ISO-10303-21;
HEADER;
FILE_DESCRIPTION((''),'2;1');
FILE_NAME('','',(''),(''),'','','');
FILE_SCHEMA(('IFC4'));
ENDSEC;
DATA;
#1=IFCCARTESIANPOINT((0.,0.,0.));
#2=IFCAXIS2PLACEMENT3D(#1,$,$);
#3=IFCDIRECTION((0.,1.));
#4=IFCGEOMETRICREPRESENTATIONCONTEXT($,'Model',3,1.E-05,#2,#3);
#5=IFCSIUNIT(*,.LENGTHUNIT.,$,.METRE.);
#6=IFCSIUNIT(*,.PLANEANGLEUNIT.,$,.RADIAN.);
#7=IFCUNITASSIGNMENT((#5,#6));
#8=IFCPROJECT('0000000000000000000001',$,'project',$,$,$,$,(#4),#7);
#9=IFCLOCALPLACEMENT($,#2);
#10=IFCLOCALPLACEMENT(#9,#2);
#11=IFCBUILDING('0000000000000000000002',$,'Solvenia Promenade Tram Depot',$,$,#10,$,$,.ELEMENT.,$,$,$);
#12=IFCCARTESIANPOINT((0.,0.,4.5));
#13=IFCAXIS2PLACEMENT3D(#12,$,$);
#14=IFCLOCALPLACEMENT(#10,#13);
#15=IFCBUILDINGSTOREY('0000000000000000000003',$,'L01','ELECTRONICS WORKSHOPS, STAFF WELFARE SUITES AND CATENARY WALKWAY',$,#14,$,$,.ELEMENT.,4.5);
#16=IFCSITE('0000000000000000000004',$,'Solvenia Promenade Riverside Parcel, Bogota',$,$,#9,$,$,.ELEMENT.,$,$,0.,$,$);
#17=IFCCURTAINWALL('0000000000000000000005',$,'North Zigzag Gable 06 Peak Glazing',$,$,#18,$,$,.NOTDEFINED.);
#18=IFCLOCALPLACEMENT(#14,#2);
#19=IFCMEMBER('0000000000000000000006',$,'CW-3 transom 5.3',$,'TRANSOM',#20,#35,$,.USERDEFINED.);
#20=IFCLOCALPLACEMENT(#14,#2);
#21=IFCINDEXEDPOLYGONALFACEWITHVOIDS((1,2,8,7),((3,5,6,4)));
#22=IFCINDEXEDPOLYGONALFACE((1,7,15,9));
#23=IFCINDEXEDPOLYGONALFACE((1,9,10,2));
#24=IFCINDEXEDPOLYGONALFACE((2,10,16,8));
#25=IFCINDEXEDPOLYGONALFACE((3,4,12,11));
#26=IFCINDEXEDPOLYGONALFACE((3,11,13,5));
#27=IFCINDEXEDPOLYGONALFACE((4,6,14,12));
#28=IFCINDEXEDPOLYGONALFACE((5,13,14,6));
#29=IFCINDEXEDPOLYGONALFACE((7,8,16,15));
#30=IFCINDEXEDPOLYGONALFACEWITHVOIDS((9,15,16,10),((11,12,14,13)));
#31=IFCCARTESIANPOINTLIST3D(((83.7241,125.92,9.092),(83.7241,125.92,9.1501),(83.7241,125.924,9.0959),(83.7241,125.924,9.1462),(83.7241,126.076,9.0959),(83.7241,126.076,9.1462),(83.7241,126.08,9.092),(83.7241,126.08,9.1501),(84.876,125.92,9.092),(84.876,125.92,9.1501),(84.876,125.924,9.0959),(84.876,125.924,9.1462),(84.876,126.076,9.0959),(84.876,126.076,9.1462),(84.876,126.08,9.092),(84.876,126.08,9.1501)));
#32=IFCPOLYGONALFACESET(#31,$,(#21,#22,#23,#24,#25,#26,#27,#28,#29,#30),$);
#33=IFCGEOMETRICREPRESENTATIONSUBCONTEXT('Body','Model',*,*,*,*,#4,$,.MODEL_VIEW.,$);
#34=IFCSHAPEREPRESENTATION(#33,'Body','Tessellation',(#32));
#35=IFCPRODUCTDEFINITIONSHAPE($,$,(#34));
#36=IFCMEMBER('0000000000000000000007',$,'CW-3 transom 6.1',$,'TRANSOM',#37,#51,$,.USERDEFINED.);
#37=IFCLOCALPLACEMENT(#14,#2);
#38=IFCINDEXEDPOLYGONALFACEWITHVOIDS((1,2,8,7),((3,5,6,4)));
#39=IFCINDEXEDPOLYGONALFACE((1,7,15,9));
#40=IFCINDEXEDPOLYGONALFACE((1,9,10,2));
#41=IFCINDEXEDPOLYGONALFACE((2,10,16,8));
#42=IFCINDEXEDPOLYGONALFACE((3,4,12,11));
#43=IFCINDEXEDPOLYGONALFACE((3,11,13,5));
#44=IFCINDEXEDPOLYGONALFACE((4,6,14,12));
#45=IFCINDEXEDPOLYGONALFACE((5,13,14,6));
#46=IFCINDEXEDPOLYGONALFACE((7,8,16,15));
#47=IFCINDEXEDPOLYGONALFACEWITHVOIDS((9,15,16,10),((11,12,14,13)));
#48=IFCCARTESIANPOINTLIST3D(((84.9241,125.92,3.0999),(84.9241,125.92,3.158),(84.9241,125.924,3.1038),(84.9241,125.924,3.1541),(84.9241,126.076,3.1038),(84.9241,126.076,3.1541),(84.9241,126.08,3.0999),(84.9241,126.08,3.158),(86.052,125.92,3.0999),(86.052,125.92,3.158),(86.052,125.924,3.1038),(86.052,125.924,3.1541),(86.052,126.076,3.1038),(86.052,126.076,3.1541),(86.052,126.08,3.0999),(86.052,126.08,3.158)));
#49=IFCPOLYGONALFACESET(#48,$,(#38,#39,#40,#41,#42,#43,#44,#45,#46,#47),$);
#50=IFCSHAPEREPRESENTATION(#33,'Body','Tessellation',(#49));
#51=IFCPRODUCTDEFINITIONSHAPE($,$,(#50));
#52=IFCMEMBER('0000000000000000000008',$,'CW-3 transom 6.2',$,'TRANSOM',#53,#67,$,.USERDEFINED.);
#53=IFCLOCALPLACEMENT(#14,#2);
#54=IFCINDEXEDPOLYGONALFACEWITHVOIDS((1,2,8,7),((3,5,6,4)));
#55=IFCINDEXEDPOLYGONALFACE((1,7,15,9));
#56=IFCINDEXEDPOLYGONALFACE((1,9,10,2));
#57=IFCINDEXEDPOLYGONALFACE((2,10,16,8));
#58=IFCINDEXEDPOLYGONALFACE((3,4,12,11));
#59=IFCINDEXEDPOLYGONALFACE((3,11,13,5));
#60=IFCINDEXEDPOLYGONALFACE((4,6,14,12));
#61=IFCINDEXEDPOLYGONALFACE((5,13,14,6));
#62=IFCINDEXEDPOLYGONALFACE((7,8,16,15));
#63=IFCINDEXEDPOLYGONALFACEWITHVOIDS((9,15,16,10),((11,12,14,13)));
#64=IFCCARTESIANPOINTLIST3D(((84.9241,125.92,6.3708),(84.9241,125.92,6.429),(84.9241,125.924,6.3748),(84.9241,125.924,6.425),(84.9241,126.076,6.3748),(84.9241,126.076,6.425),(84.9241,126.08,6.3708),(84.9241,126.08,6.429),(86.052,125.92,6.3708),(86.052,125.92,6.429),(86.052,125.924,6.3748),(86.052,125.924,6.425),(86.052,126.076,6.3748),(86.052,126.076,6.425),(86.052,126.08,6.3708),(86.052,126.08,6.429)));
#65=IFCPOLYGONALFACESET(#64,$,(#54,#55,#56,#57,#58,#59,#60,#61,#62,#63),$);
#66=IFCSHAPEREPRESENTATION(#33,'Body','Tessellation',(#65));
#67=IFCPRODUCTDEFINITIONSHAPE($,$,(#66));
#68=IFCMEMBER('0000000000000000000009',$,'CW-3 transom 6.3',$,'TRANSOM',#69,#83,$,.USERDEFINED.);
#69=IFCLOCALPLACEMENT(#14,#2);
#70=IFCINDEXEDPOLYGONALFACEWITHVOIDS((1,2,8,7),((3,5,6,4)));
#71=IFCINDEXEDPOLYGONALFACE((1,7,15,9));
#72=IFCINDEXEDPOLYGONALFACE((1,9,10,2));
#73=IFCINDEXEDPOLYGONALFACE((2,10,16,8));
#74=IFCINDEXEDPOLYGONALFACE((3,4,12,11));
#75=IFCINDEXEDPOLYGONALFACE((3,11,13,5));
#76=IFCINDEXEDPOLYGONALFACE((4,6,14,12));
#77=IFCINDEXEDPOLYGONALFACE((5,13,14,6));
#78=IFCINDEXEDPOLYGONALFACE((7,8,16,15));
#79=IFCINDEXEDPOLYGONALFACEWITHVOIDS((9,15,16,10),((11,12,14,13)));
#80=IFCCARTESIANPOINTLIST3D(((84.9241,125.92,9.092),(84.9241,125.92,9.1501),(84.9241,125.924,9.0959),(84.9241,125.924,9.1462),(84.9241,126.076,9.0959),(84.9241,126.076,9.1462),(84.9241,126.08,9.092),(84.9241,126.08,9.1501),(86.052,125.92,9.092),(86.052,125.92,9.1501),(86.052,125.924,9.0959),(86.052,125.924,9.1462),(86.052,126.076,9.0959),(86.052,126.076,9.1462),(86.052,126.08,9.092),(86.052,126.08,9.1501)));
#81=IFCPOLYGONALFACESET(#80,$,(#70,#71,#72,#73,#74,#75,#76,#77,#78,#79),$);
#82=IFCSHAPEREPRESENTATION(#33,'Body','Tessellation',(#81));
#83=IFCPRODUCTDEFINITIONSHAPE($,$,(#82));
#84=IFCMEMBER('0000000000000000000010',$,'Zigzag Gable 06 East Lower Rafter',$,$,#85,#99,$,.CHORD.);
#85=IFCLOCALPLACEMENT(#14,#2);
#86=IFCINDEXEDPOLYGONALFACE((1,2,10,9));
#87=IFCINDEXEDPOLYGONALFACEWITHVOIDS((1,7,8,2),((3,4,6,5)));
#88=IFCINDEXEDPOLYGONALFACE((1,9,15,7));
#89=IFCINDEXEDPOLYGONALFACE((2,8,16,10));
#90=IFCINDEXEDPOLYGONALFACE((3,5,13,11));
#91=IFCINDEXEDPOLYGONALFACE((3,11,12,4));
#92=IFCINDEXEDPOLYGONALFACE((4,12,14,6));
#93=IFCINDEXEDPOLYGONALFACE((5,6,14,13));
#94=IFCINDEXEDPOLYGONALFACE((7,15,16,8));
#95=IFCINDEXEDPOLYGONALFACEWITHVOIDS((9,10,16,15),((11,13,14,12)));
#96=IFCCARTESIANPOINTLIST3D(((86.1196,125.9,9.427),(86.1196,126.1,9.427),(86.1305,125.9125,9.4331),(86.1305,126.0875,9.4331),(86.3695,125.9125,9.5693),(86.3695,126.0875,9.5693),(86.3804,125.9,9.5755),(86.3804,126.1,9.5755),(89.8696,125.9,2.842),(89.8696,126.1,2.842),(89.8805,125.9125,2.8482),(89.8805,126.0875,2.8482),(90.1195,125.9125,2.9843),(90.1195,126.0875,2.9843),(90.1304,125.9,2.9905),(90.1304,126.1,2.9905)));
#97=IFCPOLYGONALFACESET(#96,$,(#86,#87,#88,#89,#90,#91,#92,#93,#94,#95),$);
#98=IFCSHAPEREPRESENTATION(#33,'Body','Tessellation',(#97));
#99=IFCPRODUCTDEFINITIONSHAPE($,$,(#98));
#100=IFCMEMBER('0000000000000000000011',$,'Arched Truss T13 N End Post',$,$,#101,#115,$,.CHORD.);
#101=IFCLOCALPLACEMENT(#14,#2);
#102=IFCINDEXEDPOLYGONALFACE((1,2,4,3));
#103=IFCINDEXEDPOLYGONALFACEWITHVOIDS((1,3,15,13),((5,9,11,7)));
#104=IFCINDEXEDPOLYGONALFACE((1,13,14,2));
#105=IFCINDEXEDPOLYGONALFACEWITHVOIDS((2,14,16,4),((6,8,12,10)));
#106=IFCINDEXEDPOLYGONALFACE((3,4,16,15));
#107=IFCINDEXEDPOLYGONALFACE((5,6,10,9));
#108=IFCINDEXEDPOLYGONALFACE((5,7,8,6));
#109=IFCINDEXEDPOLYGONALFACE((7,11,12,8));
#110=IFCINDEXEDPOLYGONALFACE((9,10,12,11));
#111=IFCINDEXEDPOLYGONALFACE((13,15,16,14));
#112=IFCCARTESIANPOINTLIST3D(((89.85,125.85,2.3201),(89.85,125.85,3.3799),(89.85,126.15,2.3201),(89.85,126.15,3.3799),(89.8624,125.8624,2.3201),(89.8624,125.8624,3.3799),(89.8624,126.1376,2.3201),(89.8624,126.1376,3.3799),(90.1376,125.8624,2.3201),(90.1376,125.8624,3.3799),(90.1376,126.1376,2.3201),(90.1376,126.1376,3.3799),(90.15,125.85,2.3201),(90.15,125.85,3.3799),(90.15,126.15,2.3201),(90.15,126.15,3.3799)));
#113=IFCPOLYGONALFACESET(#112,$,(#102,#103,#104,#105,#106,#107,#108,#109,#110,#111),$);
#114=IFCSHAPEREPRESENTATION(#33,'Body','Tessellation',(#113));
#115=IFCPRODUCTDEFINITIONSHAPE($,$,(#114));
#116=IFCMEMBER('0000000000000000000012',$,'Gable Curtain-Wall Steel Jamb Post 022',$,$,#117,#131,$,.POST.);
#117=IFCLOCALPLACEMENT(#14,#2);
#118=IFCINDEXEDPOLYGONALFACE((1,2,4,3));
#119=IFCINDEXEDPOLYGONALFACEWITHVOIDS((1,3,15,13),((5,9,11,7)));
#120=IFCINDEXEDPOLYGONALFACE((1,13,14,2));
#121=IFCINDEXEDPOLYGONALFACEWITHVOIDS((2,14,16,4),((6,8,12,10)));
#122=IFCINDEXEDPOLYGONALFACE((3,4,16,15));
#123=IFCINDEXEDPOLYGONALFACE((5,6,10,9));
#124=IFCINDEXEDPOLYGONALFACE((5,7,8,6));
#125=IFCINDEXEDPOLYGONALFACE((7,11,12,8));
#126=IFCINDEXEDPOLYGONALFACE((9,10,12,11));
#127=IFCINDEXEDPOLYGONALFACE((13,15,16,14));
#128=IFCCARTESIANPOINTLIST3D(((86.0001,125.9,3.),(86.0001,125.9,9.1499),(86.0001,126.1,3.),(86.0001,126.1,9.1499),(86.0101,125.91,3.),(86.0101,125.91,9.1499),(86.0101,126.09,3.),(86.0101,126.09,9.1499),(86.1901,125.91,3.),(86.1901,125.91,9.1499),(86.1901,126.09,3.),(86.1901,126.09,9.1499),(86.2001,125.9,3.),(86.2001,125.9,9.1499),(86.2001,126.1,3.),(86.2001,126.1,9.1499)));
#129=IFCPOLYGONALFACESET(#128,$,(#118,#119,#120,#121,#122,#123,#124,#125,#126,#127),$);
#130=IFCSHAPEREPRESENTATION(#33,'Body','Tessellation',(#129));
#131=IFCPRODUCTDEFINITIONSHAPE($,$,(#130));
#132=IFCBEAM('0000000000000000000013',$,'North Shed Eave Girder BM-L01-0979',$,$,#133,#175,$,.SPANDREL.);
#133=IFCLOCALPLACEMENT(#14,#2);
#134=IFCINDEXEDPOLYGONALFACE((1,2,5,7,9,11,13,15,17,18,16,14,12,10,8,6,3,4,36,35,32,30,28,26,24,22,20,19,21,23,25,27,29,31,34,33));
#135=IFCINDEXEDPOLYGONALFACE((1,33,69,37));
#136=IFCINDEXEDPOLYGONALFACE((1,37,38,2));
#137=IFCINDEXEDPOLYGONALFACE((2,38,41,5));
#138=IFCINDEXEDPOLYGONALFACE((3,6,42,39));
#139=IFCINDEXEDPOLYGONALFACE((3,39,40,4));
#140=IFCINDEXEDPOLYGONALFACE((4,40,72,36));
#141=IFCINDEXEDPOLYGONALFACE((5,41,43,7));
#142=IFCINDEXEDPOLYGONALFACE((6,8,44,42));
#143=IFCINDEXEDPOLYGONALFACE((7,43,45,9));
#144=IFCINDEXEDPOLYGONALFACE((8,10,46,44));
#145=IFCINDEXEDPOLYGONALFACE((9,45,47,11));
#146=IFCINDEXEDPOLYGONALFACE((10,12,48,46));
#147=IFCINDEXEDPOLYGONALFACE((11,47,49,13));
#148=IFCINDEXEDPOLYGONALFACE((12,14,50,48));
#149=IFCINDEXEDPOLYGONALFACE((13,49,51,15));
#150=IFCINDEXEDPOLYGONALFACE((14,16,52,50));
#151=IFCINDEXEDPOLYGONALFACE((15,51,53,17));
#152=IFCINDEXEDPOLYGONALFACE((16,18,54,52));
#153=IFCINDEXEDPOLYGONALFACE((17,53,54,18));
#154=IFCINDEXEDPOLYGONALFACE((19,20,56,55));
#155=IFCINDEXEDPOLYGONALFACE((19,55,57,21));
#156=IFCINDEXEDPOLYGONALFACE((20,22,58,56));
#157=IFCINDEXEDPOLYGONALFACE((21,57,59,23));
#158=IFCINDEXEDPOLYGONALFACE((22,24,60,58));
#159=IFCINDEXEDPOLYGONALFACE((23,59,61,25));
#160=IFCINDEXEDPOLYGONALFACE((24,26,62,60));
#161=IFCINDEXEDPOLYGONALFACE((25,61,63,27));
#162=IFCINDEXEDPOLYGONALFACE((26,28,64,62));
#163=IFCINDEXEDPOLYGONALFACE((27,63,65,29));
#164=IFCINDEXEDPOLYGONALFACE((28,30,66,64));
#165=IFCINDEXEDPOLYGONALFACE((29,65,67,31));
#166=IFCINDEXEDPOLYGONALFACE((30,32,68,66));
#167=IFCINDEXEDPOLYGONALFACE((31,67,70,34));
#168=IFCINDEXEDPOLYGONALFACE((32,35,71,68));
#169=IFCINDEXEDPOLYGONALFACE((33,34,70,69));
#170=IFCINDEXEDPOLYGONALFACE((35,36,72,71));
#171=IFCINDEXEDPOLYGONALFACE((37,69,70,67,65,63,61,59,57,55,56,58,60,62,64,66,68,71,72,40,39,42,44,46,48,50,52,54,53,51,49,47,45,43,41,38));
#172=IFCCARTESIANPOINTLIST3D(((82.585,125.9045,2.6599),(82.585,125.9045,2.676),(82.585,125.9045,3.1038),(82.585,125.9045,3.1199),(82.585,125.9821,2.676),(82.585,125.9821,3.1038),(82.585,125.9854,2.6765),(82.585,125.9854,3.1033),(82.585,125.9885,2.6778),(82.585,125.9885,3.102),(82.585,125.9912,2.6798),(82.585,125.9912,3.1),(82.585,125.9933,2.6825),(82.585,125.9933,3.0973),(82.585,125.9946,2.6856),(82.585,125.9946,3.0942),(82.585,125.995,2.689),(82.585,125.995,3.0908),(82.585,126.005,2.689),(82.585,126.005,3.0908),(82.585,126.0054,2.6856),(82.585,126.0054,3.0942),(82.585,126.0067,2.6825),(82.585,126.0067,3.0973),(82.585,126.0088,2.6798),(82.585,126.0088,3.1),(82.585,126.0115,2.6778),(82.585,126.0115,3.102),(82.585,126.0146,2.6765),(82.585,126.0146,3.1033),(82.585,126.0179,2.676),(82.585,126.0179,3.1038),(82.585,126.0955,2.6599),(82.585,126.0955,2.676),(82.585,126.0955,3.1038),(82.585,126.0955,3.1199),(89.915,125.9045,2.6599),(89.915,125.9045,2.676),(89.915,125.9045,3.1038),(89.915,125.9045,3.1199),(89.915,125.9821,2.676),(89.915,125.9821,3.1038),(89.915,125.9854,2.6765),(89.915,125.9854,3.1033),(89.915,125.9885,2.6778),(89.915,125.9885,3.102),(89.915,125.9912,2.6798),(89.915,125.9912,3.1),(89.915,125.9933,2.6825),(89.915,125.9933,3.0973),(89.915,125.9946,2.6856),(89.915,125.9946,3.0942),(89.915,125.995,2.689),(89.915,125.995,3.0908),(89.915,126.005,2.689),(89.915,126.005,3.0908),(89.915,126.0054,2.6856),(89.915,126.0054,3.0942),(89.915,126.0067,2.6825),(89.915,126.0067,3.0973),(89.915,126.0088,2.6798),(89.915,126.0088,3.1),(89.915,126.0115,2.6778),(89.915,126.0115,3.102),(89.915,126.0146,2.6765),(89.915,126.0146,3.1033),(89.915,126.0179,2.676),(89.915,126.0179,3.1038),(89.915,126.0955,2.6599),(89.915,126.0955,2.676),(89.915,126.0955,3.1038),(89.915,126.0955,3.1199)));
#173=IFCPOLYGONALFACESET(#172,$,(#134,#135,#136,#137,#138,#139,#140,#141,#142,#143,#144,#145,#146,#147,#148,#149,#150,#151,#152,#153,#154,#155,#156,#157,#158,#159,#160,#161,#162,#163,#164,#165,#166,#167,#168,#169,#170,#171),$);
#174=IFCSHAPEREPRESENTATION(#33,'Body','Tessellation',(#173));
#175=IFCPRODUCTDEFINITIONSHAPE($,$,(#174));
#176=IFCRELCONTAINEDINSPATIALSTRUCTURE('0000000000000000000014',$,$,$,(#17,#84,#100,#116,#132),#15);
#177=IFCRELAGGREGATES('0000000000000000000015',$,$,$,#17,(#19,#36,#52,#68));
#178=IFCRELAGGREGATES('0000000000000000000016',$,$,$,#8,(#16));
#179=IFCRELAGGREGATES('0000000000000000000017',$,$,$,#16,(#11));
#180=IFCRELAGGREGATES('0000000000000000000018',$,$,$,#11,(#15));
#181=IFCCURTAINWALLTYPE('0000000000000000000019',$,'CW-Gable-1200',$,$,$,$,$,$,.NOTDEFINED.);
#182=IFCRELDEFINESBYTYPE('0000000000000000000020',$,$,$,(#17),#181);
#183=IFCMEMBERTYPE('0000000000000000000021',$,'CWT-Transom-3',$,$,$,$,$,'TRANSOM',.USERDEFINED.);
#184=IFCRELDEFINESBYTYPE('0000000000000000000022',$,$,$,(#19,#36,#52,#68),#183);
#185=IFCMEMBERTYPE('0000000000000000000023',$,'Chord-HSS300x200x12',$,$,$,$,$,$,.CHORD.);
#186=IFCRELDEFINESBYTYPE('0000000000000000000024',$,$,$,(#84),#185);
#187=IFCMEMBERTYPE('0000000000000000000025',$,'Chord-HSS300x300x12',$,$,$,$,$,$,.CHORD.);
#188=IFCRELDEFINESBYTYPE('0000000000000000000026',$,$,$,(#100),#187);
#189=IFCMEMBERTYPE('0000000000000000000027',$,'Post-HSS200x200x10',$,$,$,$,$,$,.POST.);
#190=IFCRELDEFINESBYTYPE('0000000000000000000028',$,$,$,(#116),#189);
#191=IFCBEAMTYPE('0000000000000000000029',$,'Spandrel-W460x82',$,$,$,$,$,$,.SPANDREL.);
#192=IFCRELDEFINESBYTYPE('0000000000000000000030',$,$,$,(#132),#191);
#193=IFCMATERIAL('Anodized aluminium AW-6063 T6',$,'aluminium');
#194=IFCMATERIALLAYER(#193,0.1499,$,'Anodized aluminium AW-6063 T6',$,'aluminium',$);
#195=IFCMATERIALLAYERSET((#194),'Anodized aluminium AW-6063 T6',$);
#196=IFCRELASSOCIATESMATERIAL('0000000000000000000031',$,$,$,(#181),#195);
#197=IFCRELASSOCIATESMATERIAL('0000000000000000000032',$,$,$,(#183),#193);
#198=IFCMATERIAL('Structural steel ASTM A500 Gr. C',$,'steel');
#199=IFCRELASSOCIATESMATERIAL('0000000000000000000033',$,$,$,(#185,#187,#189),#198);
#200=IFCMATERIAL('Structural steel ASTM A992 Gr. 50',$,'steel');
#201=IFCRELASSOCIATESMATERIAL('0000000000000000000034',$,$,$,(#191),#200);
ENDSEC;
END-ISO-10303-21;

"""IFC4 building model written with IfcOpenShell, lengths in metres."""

from ifc_helpers import new_model, si_unit, direction, frame, origin, origin_2d, place, context, subcontext, project, spatial, hollow_rectangle, i_section, extrude, material, layer, layer_set, material_profile, profile_set, type_object, element, aggregate, save


model = new_model("IFC4")

# Units and contexts
model_context = context("Model", 3, precision=1e-05, world=origin(), true_north=direction((0.0, 1.0)))
body_context = subcontext(model_context, "Body", "Model", "MODEL_VIEW")
ifc_project = project(units=[si_unit("LENGTHUNIT", "METRE"), si_unit("PLANEANGLEUNIT", "RADIAN")], contexts=[model_context])

# Site, building, storey
site_placement = place(None, origin())
site = spatial("IfcSite", under=ifc_project, at=site_placement, Name="Solvenia Promenade Riverside Parcel, Bogota", CompositionType="ELEMENT", RefElevation=0.0)
building_placement = place(site_placement, origin())
building = spatial("IfcBuilding", under=site, at=building_placement, Name="Solvenia Promenade Tram Depot", CompositionType="ELEMENT")
storey_placement = place(building_placement, frame((0.0, 0.0, 4.5)))
storey = spatial("IfcBuildingStorey", under=building, at=storey_placement, Name="L01", Description="ELECTRONICS WORKSHOPS, STAFF WELFARE SUITES AND CATENARY WALKWAY", CompositionType="ELEMENT", Elevation=4.5)

# Shared definitions
ifc_material_1 = material(Name="Structural steel ASTM A992 Gr. 50", Category="steel")

# Curtain wall, members
ifc_material_2 = material(Name="Anodized aluminium AW-6063 T6", Category="aluminium")
ifc_layer_1 = layer(ifc_material_2, 0.1499, Name="Anodized aluminium AW-6063 T6", Category="aluminium")
ifc_layer_set_1 = layer_set([ifc_layer_1], Name="Anodized aluminium AW-6063 T6")
curtain_wall_type = type_object("IfcCurtainWallType", Name="CW-Gable-1200", PredefinedType="NOTDEFINED", material=ifc_layer_set_1)
curtain_wall_placement = place(storey_placement, origin())
curtain_wall = element("IfcCurtainWall", 1, at=curtain_wall_placement, inside=storey, type_object=curtain_wall_type, Name="North Zigzag Gable 06 Peak Glazing", PredefinedType="NOTDEFINED")
ifc_material_profile_1 = material_profile(ifc_material_2, hollow_rectangle(XDim=0.1599, YDim=0.0581, WallThickness=0.0039, at=origin_2d()), Name="ALU-T3", Category="aluminium")
ifc_profile_set_1 = profile_set([ifc_material_profile_1], Name="Anodized aluminium AW-6063 T6")
member_type_1 = type_object("IfcMemberType", Name="CWT-Transom-3", ElementType="TRANSOM", PredefinedType="USERDEFINED", material=ifc_profile_set_1)
member_1_placement = place(storey_placement, frame((83.7241, 126.0, 9.1211), z_axis=(1.0, 0.0, 0.0), x_axis=(0.0, 1.0, 0.0)))
member_1 = element("IfcMember", 2, at=member_1_placement, type_object=member_type_1, Name="CW-3 transom 5.3", ObjectType="TRANSOM", PredefinedType="USERDEFINED", context=body_context, shape_type="SweptSolid", body=[
    extrude(hollow_rectangle(XDim=0.1599, YDim=0.0581, WallThickness=0.0039, at=origin_2d()), origin(), (0.0, 0.0, 1.0), 1.1519),
])
member_2_placement = place(storey_placement, frame((84.9241, 126.0, 3.1289), z_axis=(1.0, 0.0, 0.0), x_axis=(0.0, 1.0, 0.0)))
member_2 = element("IfcMember", 3, at=member_2_placement, type_object=member_type_1, Name="CW-3 transom 6.1", ObjectType="TRANSOM", PredefinedType="USERDEFINED", context=body_context, shape_type="SweptSolid", body=[
    extrude(hollow_rectangle(XDim=0.1599, YDim=0.0581, WallThickness=0.0039, at=origin_2d()), origin(), (0.0, 0.0, 1.0), 1.1279),
])
member_3_placement = place(storey_placement, frame((84.9241, 126.0, 6.3999), z_axis=(1.0, 0.0, 0.0), x_axis=(0.0, 1.0, 0.0)))
member_3 = element("IfcMember", 4, at=member_3_placement, type_object=member_type_1, Name="CW-3 transom 6.2", ObjectType="TRANSOM", PredefinedType="USERDEFINED", context=body_context, shape_type="SweptSolid", body=[
    extrude(hollow_rectangle(XDim=0.1599, YDim=0.0581, WallThickness=0.0039, at=origin_2d()), origin(), (0.0, 0.0, 1.0), 1.1279),
])
member_4_placement = place(storey_placement, frame((84.9241, 126.0, 9.1211), z_axis=(1.0, 0.0, 0.0), x_axis=(0.0, 1.0, 0.0)))
member_4 = element("IfcMember", 5, at=member_4_placement, type_object=member_type_1, Name="CW-3 transom 6.3", ObjectType="TRANSOM", PredefinedType="USERDEFINED", context=body_context, shape_type="SweptSolid", body=[
    extrude(hollow_rectangle(XDim=0.1599, YDim=0.0581, WallThickness=0.0039, at=origin_2d()), origin(), (0.0, 0.0, 1.0), 1.1279),
])

# Members
ifc_material_3 = material(Name="Structural steel ASTM A500 Gr. C", Category="steel")
ifc_material_profile_2 = material_profile(ifc_material_3, hollow_rectangle(XDim=0.2, YDim=0.3, WallThickness=0.0125, at=origin_2d()), Name="HSS300x200x12.5", Category="steel")
ifc_profile_set_2 = profile_set([ifc_material_profile_2], Name="Structural steel ASTM A500 Gr. C")
member_type_2 = type_object("IfcMemberType", Name="Chord-HSS300x200x12", PredefinedType="CHORD", material=ifc_profile_set_2)
member_5_placement = place(storey_placement, frame((86.25, 126.0, 9.5012), z_axis=(0.494862, 0.0, -0.868972), x_axis=(0.0, 1.0, 0.0)))
element("IfcMember", 6, at=member_5_placement, inside=storey, type_object=member_type_2, Name="Zigzag Gable 06 East Lower Rafter", PredefinedType="CHORD", context=body_context, shape_type="SweptSolid", body=[
    extrude(hollow_rectangle(XDim=0.2, YDim=0.3, WallThickness=0.0125, at=origin_2d()), origin(), (0.0, 0.0, 1.0), 7.5779),
])
ifc_material_profile_3 = material_profile(ifc_material_3, hollow_rectangle(XDim=0.3, YDim=0.3, WallThickness=0.0125, at=origin_2d()), Name="HSS300x300x12.5", Category="steel")
ifc_profile_set_3 = profile_set([ifc_material_profile_3], Name="Structural steel ASTM A500 Gr. C")
member_type_3 = type_object("IfcMemberType", Name="Chord-HSS300x300x12", PredefinedType="CHORD", material=ifc_profile_set_3)
member_6_placement = place(storey_placement, frame((90.0, 126.0, 2.3201), z_axis=(0.0, 0.0, 1.0), x_axis=(1.0, 0.0, 0.0)))
element("IfcMember", 7, at=member_6_placement, inside=storey, type_object=member_type_3, Name="Arched Truss T13 N End Post", PredefinedType="CHORD", context=body_context, shape_type="SweptSolid", body=[
    extrude(hollow_rectangle(XDim=0.3, YDim=0.3, WallThickness=0.0125, at=origin_2d()), origin(), (0.0, 0.0, 1.0), 1.0598),
])
ifc_material_profile_4 = material_profile(ifc_material_3, hollow_rectangle(XDim=0.2, YDim=0.2, WallThickness=0.01, at=origin_2d()), Name="HSS200x200x10", Category="steel")
ifc_profile_set_4 = profile_set([ifc_material_profile_4], Name="Structural steel ASTM A500 Gr. C")
member_type_4 = type_object("IfcMemberType", Name="Post-HSS200x200x10", PredefinedType="POST", material=ifc_profile_set_4)
member_7_placement = place(storey_placement, frame((86.1001, 126.0, 3.0), z_axis=(0.0, 0.0, 1.0), x_axis=(1.0, 0.0, 0.0)))
element("IfcMember", 8, at=member_7_placement, inside=storey, type_object=member_type_4, Name="Gable Curtain-Wall Steel Jamb Post 022", PredefinedType="POST", context=body_context, shape_type="SweptSolid", body=[
    extrude(hollow_rectangle(XDim=0.2, YDim=0.2, WallThickness=0.01, at=origin_2d()), origin(), (0.0, 0.0, 1.0), 6.1499),
])

# Beam
ifc_material_profile_5 = material_profile(ifc_material_1, i_section(OverallWidth=0.1909, OverallDepth=0.46, WebThickness=0.01, FlangeThickness=0.0161, FilletRadius=0.0129, at=origin_2d()), Name="W460x82", Category="steel")
ifc_profile_set_5 = profile_set([ifc_material_profile_5], Name="Structural steel ASTM A992 Gr. 50")
beam_type = type_object("IfcBeamType", Name="Spandrel-W460x82", PredefinedType="SPANDREL", material=ifc_profile_set_5)
beam_placement = place(storey_placement, frame((82.585, 126.0, 2.8899), z_axis=(1.0, 0.0, 0.0), x_axis=(0.0, 1.0, 0.0)))
element("IfcBeam", 9, at=beam_placement, inside=storey, type_object=beam_type, Name="North Shed Eave Girder BM-L01-0979", PredefinedType="SPANDREL", context=body_context, shape_type="SweptSolid", body=[
    extrude(i_section(OverallWidth=0.1909, OverallDepth=0.46, WebThickness=0.01, FlangeThickness=0.0161, FilletRadius=0.0129, at=origin_2d()), origin(), (0.0, 0.0, 1.0), 7.3301),
])

aggregate(curtain_wall, [member_1, member_2, member_3, member_4])

save(model, "model.ifc")
